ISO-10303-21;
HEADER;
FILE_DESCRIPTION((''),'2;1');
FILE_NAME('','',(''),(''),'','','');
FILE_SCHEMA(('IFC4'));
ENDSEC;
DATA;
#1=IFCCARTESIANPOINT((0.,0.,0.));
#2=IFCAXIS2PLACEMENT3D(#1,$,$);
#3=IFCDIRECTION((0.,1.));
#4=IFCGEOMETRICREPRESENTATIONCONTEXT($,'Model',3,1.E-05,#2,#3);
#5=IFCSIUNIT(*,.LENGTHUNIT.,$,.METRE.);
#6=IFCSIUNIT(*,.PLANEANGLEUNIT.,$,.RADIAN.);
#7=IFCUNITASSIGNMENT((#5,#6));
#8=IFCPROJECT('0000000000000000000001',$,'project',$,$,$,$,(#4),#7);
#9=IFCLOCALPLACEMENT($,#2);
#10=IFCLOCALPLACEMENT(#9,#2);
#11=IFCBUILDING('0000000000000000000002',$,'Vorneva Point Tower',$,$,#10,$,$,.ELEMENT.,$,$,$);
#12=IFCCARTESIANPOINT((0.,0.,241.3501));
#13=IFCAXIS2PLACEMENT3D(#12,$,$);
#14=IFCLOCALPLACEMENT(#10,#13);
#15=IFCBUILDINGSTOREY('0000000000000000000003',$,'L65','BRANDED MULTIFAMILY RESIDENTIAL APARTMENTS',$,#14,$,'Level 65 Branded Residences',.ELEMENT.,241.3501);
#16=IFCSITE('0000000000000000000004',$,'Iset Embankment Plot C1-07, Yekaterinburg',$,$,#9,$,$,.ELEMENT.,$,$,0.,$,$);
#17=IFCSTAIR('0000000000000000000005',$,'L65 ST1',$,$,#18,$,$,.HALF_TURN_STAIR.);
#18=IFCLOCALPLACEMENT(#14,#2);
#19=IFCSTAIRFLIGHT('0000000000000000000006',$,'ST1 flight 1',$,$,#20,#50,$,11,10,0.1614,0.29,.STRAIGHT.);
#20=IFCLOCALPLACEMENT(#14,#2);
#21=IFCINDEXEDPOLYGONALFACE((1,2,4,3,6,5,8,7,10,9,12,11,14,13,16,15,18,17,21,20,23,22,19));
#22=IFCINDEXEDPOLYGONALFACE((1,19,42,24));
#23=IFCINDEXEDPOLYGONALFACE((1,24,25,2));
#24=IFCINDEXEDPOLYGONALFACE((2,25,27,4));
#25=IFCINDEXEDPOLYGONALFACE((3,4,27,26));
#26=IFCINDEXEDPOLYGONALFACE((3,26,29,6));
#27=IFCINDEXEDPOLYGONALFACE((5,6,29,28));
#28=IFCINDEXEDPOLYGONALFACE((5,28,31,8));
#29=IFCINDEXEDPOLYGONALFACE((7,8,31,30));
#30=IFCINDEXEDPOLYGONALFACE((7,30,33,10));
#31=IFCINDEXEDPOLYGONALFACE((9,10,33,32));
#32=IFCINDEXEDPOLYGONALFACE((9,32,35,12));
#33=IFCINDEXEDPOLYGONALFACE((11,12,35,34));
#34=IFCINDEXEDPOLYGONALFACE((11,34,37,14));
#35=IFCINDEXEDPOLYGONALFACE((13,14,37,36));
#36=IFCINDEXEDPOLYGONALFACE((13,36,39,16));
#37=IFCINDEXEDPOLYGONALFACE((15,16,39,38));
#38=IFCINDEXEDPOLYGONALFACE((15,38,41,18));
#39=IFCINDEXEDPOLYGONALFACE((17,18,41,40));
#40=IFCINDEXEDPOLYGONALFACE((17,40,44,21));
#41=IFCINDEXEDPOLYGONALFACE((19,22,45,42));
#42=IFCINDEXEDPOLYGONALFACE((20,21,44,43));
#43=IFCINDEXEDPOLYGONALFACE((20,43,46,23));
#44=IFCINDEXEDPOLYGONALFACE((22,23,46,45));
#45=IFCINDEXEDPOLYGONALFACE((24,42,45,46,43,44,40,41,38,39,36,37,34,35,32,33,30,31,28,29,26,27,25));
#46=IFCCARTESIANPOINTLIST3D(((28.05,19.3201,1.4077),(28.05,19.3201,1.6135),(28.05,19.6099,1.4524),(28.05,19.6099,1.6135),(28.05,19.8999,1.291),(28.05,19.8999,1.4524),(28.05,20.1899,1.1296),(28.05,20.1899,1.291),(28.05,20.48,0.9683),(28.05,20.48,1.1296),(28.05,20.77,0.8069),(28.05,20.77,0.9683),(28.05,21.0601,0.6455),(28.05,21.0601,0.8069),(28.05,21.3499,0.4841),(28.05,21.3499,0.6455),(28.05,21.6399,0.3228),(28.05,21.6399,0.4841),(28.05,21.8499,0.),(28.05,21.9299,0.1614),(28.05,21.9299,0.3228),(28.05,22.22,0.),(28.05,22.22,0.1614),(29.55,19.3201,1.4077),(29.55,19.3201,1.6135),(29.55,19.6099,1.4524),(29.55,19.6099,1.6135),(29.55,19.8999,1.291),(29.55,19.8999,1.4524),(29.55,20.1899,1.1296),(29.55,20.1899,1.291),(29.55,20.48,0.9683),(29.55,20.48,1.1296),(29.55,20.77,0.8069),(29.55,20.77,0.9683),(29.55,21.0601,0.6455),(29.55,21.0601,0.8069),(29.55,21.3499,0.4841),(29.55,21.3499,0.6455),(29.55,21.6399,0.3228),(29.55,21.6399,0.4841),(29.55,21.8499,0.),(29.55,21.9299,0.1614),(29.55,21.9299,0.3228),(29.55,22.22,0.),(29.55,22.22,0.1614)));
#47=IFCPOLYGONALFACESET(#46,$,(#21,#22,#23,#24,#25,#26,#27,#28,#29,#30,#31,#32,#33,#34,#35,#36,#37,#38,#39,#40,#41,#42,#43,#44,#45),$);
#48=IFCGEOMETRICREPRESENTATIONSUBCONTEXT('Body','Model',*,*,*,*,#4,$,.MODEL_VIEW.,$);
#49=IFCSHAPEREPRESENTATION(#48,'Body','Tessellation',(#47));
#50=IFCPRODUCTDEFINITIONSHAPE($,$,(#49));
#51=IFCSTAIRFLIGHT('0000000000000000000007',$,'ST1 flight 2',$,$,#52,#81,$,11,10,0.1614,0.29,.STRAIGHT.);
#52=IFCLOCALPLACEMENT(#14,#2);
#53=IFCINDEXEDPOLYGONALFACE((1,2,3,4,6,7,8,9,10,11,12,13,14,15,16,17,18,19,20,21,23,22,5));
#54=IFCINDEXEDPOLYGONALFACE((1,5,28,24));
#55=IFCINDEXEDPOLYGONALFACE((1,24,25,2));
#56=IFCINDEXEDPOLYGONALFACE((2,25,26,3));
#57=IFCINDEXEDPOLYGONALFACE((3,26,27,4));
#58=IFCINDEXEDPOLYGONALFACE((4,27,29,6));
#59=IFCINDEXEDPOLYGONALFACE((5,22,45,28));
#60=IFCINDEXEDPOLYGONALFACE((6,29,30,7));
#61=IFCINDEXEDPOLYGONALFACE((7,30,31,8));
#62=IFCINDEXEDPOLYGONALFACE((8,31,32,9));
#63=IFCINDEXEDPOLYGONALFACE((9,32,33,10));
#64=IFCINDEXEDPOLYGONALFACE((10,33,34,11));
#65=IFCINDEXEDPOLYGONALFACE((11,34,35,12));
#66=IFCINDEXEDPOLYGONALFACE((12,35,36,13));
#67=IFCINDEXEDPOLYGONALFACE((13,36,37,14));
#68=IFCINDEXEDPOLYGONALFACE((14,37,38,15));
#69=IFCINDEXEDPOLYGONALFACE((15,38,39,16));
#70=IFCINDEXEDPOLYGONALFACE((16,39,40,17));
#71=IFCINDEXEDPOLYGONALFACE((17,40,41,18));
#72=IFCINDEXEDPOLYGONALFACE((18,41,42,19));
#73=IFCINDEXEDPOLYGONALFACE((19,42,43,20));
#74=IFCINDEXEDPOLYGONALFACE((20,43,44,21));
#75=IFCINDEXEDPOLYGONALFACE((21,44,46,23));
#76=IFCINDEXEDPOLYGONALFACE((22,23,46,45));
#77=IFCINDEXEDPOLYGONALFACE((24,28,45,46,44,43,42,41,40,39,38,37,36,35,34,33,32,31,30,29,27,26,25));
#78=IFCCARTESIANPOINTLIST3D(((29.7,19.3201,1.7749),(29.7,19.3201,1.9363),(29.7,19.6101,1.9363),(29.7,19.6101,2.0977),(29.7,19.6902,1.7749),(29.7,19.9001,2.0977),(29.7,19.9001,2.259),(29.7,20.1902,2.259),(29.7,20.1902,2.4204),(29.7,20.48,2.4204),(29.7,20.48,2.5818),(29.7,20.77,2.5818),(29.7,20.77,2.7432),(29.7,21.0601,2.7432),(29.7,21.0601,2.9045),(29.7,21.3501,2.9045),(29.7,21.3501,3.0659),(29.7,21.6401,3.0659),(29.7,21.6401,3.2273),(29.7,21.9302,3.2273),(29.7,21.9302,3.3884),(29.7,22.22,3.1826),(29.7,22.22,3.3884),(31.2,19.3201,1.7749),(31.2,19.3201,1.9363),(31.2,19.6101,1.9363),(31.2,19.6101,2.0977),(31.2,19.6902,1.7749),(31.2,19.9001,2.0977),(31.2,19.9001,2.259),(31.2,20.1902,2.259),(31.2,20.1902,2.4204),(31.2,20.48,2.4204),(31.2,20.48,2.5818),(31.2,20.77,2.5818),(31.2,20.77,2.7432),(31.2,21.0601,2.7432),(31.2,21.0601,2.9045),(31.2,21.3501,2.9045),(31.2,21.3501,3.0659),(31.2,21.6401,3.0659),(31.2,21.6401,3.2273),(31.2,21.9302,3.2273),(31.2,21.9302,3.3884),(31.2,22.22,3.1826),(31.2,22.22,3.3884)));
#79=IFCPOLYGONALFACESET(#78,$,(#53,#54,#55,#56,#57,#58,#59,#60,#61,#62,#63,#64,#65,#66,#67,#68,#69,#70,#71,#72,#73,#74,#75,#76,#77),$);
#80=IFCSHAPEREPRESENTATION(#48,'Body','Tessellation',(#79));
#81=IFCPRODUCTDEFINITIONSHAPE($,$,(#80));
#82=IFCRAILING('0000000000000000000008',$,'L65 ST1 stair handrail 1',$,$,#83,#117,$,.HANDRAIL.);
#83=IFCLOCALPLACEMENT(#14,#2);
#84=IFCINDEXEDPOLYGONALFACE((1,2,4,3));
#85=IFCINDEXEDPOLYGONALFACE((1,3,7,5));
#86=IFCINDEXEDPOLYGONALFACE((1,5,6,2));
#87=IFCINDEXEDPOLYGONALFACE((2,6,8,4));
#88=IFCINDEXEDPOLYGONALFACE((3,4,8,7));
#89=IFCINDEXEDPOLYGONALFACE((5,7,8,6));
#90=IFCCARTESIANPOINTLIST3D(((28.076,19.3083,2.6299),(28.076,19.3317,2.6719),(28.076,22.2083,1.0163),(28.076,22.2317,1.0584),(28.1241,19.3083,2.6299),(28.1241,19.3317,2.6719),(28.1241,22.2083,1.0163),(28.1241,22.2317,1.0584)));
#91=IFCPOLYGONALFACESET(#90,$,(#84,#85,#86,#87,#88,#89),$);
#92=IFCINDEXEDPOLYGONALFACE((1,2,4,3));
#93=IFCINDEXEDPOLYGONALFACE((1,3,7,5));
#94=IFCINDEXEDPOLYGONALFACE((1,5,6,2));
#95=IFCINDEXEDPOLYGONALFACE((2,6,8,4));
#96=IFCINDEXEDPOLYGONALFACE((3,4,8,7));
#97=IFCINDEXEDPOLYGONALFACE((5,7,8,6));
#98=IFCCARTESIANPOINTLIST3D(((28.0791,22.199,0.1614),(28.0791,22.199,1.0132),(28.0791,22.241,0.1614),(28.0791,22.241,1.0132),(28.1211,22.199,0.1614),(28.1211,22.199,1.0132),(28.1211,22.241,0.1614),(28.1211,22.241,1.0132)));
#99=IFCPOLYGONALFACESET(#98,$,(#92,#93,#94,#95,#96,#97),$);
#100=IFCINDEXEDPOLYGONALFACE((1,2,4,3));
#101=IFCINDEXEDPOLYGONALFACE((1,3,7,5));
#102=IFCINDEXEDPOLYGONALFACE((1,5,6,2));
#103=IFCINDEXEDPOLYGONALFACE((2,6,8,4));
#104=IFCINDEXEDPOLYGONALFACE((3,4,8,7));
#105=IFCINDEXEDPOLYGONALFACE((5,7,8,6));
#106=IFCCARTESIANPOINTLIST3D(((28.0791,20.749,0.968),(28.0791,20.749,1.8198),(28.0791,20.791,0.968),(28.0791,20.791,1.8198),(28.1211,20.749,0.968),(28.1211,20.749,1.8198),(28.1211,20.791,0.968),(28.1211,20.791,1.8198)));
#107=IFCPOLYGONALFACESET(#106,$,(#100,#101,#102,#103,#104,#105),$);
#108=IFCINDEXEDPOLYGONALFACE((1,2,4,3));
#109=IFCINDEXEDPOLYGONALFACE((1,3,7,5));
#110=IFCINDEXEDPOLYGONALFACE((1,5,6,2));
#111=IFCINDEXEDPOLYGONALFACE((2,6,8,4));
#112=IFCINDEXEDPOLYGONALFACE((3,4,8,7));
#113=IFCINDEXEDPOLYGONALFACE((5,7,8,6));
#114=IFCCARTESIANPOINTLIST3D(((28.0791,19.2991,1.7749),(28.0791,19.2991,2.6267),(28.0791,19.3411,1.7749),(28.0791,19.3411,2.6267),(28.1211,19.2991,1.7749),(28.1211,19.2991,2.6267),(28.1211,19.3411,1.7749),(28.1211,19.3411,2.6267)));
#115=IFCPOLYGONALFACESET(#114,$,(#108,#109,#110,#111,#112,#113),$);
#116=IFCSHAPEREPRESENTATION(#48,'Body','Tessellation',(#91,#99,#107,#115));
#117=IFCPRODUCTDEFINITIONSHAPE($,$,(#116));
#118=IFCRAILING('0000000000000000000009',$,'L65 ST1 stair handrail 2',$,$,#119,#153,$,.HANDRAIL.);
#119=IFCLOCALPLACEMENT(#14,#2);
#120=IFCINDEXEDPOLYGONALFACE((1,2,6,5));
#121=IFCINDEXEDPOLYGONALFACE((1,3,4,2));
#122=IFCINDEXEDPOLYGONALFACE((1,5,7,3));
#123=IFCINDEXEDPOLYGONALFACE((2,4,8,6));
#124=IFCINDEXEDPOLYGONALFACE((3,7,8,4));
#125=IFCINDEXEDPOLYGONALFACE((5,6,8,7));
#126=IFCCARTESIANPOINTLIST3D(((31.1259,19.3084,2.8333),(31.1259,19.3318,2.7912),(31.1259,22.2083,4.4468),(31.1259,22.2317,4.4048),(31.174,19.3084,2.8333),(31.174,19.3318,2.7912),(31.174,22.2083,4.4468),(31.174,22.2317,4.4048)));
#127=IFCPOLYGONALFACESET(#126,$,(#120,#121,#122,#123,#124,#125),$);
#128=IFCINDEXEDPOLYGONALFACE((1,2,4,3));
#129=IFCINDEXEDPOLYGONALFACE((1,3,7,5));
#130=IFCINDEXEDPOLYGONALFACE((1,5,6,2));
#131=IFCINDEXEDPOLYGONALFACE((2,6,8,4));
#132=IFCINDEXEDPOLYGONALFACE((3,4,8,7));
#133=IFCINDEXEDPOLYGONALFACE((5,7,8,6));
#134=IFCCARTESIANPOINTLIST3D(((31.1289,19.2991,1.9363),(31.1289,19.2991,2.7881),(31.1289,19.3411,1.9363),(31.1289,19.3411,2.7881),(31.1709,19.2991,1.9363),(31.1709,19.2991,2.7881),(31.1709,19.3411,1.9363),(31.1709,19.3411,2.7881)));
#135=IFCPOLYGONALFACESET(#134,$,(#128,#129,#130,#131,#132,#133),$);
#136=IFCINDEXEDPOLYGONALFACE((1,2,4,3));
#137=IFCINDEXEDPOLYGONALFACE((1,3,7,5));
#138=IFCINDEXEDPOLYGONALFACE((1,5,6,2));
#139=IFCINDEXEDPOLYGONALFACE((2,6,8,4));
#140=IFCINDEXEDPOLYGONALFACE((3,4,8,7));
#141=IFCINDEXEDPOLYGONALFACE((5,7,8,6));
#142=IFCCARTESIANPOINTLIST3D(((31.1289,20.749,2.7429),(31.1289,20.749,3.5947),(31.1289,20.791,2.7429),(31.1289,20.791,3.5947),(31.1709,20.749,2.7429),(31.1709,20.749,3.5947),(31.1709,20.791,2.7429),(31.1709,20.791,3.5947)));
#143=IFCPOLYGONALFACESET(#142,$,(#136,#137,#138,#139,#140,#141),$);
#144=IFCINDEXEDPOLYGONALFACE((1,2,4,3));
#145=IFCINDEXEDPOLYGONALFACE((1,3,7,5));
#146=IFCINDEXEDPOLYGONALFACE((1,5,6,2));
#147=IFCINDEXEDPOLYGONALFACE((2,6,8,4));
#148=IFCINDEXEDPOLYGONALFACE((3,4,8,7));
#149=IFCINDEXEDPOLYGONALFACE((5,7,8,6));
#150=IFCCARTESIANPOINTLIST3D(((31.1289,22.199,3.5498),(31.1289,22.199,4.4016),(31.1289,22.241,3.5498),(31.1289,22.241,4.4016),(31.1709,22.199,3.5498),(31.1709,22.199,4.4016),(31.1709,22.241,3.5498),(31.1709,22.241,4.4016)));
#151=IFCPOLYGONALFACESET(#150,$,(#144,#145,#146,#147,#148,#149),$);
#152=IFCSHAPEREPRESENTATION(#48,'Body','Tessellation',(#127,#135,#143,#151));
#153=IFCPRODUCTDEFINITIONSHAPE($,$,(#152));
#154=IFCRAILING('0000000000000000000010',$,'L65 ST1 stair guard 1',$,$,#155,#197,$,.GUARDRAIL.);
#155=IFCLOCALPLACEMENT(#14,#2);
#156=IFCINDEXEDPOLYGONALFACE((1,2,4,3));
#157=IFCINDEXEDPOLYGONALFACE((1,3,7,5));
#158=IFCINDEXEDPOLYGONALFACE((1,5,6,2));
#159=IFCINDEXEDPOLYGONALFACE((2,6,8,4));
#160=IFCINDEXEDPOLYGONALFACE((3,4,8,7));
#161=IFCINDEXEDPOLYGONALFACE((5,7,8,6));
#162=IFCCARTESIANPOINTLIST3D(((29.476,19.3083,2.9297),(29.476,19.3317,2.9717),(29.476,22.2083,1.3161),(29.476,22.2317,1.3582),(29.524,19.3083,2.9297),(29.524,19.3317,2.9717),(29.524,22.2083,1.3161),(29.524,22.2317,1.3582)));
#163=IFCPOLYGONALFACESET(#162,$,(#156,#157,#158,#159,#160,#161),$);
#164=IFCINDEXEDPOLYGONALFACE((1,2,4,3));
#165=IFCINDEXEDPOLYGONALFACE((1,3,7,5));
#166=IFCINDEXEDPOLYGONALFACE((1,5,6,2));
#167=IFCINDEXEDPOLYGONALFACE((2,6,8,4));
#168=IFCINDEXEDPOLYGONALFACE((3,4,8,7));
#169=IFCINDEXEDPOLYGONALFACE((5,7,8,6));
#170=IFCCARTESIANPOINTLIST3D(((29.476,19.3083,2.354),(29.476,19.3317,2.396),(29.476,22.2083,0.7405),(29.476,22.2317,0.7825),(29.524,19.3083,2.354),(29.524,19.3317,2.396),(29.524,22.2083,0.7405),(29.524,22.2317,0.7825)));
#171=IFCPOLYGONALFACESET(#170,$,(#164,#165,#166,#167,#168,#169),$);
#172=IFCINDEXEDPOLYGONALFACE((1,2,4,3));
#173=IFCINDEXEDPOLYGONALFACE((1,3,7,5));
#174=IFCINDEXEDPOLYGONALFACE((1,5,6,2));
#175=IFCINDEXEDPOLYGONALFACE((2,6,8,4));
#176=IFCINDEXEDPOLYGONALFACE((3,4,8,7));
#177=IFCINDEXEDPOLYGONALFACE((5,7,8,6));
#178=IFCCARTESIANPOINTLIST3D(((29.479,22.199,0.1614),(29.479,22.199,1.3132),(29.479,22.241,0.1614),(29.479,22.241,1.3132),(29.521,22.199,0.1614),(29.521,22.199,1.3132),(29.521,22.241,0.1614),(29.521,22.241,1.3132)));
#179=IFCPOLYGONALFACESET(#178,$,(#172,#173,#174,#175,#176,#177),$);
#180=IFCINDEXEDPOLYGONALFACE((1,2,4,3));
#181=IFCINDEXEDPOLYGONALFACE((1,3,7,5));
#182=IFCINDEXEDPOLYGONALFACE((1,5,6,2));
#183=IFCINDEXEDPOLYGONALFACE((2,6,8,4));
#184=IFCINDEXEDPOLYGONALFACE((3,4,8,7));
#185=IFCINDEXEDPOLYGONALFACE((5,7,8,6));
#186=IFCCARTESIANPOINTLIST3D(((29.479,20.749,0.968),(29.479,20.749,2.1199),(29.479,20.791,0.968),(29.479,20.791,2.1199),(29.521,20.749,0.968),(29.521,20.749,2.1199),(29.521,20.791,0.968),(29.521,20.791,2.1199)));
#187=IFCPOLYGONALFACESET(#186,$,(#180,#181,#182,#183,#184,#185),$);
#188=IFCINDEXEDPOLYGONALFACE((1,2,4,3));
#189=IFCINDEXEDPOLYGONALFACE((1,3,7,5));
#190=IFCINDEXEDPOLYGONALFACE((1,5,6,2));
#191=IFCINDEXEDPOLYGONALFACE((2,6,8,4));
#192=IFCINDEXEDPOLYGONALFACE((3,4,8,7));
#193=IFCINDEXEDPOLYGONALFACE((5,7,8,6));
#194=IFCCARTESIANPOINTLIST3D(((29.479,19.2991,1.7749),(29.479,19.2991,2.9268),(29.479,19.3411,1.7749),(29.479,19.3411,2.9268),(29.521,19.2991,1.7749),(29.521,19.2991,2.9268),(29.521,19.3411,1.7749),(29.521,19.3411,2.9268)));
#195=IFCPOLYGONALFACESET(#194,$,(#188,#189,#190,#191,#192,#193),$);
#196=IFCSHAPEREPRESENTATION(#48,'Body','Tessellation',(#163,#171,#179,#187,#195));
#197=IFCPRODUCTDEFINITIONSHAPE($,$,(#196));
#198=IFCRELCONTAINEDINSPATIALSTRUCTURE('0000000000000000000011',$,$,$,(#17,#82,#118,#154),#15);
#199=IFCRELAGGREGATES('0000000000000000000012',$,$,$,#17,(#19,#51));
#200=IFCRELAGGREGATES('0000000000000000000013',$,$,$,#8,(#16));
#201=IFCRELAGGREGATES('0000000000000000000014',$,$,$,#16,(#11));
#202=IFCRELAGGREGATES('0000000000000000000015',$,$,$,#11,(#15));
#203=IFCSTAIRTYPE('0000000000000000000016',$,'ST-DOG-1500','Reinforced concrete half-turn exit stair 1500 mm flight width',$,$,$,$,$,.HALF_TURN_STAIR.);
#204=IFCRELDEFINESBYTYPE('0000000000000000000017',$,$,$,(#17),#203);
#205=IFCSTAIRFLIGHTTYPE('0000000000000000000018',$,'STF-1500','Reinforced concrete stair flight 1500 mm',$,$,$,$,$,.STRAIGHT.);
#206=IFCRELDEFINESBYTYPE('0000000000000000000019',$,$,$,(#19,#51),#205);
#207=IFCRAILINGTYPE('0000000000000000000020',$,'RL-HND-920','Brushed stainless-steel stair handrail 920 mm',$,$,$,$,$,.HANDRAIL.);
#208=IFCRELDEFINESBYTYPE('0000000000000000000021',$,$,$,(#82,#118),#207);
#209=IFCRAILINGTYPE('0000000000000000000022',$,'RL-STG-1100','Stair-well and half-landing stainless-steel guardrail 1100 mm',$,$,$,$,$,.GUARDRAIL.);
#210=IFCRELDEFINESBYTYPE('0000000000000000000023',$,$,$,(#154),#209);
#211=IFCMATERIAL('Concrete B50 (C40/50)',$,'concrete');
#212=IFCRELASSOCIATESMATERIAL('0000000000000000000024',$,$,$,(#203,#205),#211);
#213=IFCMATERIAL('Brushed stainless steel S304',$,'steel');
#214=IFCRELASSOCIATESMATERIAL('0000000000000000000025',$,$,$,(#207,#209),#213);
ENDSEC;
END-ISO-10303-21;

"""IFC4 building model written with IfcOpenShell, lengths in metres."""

from ifc_helpers import new_model, si_unit, direction, frame, origin, origin_2d, place, context, subcontext, project, spatial, polyline, rectangle, outline, extrude, material, type_object, element, aggregate, save


model = new_model("IFC4")

# Units and contexts
model_context = context("Model", 3, precision=1e-05, world=origin(), true_north=direction((0.0, 1.0)))
body_context = subcontext(model_context, "Body", "Model", "MODEL_VIEW")
ifc_project = project(units=[si_unit("LENGTHUNIT", "METRE"), si_unit("PLANEANGLEUNIT", "RADIAN")], contexts=[model_context])

# Site, building, storey
site_placement = place(None, origin())
site = spatial("IfcSite", under=ifc_project, at=site_placement, Name="Iset Embankment Plot C1-07, Yekaterinburg", CompositionType="ELEMENT", RefElevation=0.0)
building_placement = place(site_placement, origin())
building = spatial("IfcBuilding", under=site, at=building_placement, Name="Vorneva Point Tower", CompositionType="ELEMENT")
storey_placement = place(building_placement, frame((0.0, 0.0, 241.3501)))
storey = spatial("IfcBuildingStorey", under=building, at=storey_placement, Name="L65", Description="BRANDED MULTIFAMILY RESIDENTIAL APARTMENTS", LongName="Level 65 Branded Residences", CompositionType="ELEMENT", Elevation=241.3501)

# Shared definitions
ifc_material_1 = material(Name="Concrete B50 (C40/50)", Category="concrete")

# Stair, stair flights
stair_type = type_object("IfcStairType", Name="ST-DOG-1500", Description="Reinforced concrete half-turn exit stair 1500 mm flight width", PredefinedType="HALF_TURN_STAIR", material=ifc_material_1)
stair_placement = place(storey_placement, origin())
stair = element("IfcStair", 1, at=stair_placement, inside=storey, type_object=stair_type, Name="L65 ST1", PredefinedType="HALF_TURN_STAIR")
stair_flight_type = type_object("IfcStairFlightType", Name="STF-1500", Description="Reinforced concrete stair flight 1500 mm", PredefinedType="STRAIGHT", material=ifc_material_1)
stair_flight_1_placement = place(storey_placement, frame((28.8, 22.22, 0.0), z_axis=(0.0, 0.0, 1.0), x_axis=(0.0, -1.0, 0.0)))
stair_flight_1 = element("IfcStairFlight", 2, at=stair_flight_1_placement, type_object=stair_flight_type, Name="ST1 flight 1", NumberOfRisers=11, NumberOfTreads=10, PredefinedType="STRAIGHT", RiserHeight=0.1614, TreadLength=0.29, context=body_context, shape_type="SweptSolid", body=[
    extrude(outline(polyline([(0.0, 0.0), (0.0, 0.1614), (0.29, 0.1614), (0.29, 0.3228), (0.5801, 0.3228), (0.5801, 0.4841), (0.8701, 0.4841), (0.8701, 0.6455), (1.1599, 0.6455), (1.1599, 0.8069), (1.45, 0.8069), (1.45, 0.9683), (1.74, 0.9683), (1.74, 1.1296), (2.03, 1.1296), (2.03, 1.291), (2.3201, 1.291), (2.3201, 1.4524), (2.6101, 1.4524), (2.6101, 1.6135), (2.8999, 1.6135), (2.8999, 1.7749), (2.8999, 1.4077), (0.3701, 0.0), (0.0, 0.0)])), frame((0.0, 0.75, 0.0), z_axis=(0.0, -1.0, 0.0), x_axis=(1.0, 0.0, 0.0)), (0.0, 0.0, 1.0), 1.5),
])
stair_flight_2_placement = place(storey_placement, frame((30.45, 19.3201, 1.7749), z_axis=(0.0, 0.0, 1.0), x_axis=(0.0, 1.0, 0.0)))
stair_flight_2 = element("IfcStairFlight", 3, at=stair_flight_2_placement, type_object=stair_flight_type, Name="ST1 flight 2", NumberOfRisers=11, NumberOfTreads=10, PredefinedType="STRAIGHT", RiserHeight=0.1614, TreadLength=0.29, context=body_context, shape_type="SweptSolid", body=[
    extrude(outline(polyline([(0.0, 0.0), (0.0, 0.1614), (0.29, 0.1614), (0.29, 0.3228), (0.5801, 0.3228), (0.5801, 0.4841), (0.8701, 0.4841), (0.8701, 0.6455), (1.1599, 0.6455), (1.1599, 0.8069), (1.45, 0.8069), (1.45, 0.9683), (1.74, 0.9683), (1.74, 1.1296), (2.03, 1.1296), (2.03, 1.291), (2.3201, 1.291), (2.3201, 1.4524), (2.6101, 1.4524), (2.6101, 1.6135), (2.8999, 1.6135), (2.8999, 1.7749), (2.8999, 1.4077), (0.3701, 0.0), (0.0, 0.0)])), frame((0.0, 0.75, 0.0), z_axis=(0.0, -1.0, 0.0), x_axis=(1.0, 0.0, 0.0)), (0.0, 0.0, 1.0), 1.5),
])
aggregate(stair, [stair_flight_1, stair_flight_2])

# Railings
ifc_material_2 = material(Name="Brushed stainless steel S304", Category="steel")
railing_type_1 = type_object("IfcRailingType", Name="RL-HND-920", Description="Brushed stainless-steel stair handrail 920 mm", PredefinedType="HANDRAIL", material=ifc_material_2)
railing_1_placement = place(storey_placement, frame((28.1001, 22.22, 0.1614)))
element("IfcRailing", 4, at=railing_1_placement, inside=storey, type_object=railing_type_1, Name="L65 ST1 stair handrail 1", PredefinedType="HANDRAIL", context=body_context, shape_type="SweptSolid", body=[
    extrude(rectangle(XDim=0.0481, YDim=0.0481, at=origin_2d()), frame((0.0, 0.0, 0.876), z_axis=(0.0, -0.873841, 0.486211), x_axis=(1.0, 0.0, 0.0)), (0.0, 0.0, 1.0), 3.3186),
    extrude(rectangle(XDim=0.042, YDim=0.042, at=origin_2d()), origin(), (0.0, 0.0, 1.0), 0.8518),
    extrude(rectangle(XDim=0.042, YDim=0.042, at=origin_2d()), frame((0.0, -1.45, 0.8066)), (0.0, 0.0, 1.0), 0.8518),
    extrude(rectangle(XDim=0.042, YDim=0.042, at=origin_2d()), frame((0.0, -2.8999, 1.6135)), (0.0, 0.0, 1.0), 0.8518),
])
railing_2_placement = place(storey_placement, frame((31.1499, 19.3201, 1.9363)))
element("IfcRailing", 5, at=railing_2_placement, inside=storey, type_object=railing_type_1, Name="L65 ST1 stair handrail 2", PredefinedType="HANDRAIL", context=body_context, shape_type="SweptSolid", body=[
    extrude(rectangle(XDim=0.0481, YDim=0.0481, at=origin_2d()), frame((0.0, 0.0, 0.876), z_axis=(0.0, 0.873841, 0.486211), x_axis=(-1.0, 0.0, 0.0)), (0.0, 0.0, 1.0), 3.3186),
    extrude(rectangle(XDim=0.042, YDim=0.042, at=origin_2d()), origin(), (0.0, 0.0, 1.0), 0.8518),
    extrude(rectangle(XDim=0.042, YDim=0.042, at=origin_2d()), frame((0.0, 1.45, 0.8066)), (0.0, 0.0, 1.0), 0.8518),
    extrude(rectangle(XDim=0.042, YDim=0.042, at=origin_2d()), frame((0.0, 2.8999, 1.6135)), (0.0, 0.0, 1.0), 0.8518),
])
railing_type_2 = type_object("IfcRailingType", Name="RL-STG-1100", Description="Stair-well and half-landing stainless-steel guardrail 1100 mm", PredefinedType="GUARDRAIL", material=ifc_material_2)
railing_3_placement = place(storey_placement, frame((29.5, 22.22, 0.1614)))
element("IfcRailing", 6, at=railing_3_placement, inside=storey, type_object=railing_type_2, Name="L65 ST1 stair guard 1", PredefinedType="GUARDRAIL", context=body_context, shape_type="SweptSolid", body=[
    extrude(rectangle(XDim=0.0481, YDim=0.0481, at=origin_2d()), frame((0.0, 0.0, 1.1758), z_axis=(0.0, -0.873841, 0.486211), x_axis=(1.0, 0.0, 0.0)), (0.0, 0.0, 1.0), 3.3186),
    extrude(rectangle(XDim=0.0481, YDim=0.0481, at=origin_2d()), frame((0.0, 0.0, 0.6001), z_axis=(0.0, -0.873841, 0.486211), x_axis=(1.0, 0.0, 0.0)), (0.0, 0.0, 1.0), 3.3186),
    extrude(rectangle(XDim=0.042, YDim=0.042, at=origin_2d()), origin(), (0.0, 0.0, 1.0), 1.1519),
    extrude(rectangle(XDim=0.042, YDim=0.042, at=origin_2d()), frame((0.0, -1.45, 0.8066)), (0.0, 0.0, 1.0), 1.1519),
    extrude(rectangle(XDim=0.042, YDim=0.042, at=origin_2d()), frame((0.0, -2.8999, 1.6135)), (0.0, 0.0, 1.0), 1.1519),
])

save(model, "model.ifc")
